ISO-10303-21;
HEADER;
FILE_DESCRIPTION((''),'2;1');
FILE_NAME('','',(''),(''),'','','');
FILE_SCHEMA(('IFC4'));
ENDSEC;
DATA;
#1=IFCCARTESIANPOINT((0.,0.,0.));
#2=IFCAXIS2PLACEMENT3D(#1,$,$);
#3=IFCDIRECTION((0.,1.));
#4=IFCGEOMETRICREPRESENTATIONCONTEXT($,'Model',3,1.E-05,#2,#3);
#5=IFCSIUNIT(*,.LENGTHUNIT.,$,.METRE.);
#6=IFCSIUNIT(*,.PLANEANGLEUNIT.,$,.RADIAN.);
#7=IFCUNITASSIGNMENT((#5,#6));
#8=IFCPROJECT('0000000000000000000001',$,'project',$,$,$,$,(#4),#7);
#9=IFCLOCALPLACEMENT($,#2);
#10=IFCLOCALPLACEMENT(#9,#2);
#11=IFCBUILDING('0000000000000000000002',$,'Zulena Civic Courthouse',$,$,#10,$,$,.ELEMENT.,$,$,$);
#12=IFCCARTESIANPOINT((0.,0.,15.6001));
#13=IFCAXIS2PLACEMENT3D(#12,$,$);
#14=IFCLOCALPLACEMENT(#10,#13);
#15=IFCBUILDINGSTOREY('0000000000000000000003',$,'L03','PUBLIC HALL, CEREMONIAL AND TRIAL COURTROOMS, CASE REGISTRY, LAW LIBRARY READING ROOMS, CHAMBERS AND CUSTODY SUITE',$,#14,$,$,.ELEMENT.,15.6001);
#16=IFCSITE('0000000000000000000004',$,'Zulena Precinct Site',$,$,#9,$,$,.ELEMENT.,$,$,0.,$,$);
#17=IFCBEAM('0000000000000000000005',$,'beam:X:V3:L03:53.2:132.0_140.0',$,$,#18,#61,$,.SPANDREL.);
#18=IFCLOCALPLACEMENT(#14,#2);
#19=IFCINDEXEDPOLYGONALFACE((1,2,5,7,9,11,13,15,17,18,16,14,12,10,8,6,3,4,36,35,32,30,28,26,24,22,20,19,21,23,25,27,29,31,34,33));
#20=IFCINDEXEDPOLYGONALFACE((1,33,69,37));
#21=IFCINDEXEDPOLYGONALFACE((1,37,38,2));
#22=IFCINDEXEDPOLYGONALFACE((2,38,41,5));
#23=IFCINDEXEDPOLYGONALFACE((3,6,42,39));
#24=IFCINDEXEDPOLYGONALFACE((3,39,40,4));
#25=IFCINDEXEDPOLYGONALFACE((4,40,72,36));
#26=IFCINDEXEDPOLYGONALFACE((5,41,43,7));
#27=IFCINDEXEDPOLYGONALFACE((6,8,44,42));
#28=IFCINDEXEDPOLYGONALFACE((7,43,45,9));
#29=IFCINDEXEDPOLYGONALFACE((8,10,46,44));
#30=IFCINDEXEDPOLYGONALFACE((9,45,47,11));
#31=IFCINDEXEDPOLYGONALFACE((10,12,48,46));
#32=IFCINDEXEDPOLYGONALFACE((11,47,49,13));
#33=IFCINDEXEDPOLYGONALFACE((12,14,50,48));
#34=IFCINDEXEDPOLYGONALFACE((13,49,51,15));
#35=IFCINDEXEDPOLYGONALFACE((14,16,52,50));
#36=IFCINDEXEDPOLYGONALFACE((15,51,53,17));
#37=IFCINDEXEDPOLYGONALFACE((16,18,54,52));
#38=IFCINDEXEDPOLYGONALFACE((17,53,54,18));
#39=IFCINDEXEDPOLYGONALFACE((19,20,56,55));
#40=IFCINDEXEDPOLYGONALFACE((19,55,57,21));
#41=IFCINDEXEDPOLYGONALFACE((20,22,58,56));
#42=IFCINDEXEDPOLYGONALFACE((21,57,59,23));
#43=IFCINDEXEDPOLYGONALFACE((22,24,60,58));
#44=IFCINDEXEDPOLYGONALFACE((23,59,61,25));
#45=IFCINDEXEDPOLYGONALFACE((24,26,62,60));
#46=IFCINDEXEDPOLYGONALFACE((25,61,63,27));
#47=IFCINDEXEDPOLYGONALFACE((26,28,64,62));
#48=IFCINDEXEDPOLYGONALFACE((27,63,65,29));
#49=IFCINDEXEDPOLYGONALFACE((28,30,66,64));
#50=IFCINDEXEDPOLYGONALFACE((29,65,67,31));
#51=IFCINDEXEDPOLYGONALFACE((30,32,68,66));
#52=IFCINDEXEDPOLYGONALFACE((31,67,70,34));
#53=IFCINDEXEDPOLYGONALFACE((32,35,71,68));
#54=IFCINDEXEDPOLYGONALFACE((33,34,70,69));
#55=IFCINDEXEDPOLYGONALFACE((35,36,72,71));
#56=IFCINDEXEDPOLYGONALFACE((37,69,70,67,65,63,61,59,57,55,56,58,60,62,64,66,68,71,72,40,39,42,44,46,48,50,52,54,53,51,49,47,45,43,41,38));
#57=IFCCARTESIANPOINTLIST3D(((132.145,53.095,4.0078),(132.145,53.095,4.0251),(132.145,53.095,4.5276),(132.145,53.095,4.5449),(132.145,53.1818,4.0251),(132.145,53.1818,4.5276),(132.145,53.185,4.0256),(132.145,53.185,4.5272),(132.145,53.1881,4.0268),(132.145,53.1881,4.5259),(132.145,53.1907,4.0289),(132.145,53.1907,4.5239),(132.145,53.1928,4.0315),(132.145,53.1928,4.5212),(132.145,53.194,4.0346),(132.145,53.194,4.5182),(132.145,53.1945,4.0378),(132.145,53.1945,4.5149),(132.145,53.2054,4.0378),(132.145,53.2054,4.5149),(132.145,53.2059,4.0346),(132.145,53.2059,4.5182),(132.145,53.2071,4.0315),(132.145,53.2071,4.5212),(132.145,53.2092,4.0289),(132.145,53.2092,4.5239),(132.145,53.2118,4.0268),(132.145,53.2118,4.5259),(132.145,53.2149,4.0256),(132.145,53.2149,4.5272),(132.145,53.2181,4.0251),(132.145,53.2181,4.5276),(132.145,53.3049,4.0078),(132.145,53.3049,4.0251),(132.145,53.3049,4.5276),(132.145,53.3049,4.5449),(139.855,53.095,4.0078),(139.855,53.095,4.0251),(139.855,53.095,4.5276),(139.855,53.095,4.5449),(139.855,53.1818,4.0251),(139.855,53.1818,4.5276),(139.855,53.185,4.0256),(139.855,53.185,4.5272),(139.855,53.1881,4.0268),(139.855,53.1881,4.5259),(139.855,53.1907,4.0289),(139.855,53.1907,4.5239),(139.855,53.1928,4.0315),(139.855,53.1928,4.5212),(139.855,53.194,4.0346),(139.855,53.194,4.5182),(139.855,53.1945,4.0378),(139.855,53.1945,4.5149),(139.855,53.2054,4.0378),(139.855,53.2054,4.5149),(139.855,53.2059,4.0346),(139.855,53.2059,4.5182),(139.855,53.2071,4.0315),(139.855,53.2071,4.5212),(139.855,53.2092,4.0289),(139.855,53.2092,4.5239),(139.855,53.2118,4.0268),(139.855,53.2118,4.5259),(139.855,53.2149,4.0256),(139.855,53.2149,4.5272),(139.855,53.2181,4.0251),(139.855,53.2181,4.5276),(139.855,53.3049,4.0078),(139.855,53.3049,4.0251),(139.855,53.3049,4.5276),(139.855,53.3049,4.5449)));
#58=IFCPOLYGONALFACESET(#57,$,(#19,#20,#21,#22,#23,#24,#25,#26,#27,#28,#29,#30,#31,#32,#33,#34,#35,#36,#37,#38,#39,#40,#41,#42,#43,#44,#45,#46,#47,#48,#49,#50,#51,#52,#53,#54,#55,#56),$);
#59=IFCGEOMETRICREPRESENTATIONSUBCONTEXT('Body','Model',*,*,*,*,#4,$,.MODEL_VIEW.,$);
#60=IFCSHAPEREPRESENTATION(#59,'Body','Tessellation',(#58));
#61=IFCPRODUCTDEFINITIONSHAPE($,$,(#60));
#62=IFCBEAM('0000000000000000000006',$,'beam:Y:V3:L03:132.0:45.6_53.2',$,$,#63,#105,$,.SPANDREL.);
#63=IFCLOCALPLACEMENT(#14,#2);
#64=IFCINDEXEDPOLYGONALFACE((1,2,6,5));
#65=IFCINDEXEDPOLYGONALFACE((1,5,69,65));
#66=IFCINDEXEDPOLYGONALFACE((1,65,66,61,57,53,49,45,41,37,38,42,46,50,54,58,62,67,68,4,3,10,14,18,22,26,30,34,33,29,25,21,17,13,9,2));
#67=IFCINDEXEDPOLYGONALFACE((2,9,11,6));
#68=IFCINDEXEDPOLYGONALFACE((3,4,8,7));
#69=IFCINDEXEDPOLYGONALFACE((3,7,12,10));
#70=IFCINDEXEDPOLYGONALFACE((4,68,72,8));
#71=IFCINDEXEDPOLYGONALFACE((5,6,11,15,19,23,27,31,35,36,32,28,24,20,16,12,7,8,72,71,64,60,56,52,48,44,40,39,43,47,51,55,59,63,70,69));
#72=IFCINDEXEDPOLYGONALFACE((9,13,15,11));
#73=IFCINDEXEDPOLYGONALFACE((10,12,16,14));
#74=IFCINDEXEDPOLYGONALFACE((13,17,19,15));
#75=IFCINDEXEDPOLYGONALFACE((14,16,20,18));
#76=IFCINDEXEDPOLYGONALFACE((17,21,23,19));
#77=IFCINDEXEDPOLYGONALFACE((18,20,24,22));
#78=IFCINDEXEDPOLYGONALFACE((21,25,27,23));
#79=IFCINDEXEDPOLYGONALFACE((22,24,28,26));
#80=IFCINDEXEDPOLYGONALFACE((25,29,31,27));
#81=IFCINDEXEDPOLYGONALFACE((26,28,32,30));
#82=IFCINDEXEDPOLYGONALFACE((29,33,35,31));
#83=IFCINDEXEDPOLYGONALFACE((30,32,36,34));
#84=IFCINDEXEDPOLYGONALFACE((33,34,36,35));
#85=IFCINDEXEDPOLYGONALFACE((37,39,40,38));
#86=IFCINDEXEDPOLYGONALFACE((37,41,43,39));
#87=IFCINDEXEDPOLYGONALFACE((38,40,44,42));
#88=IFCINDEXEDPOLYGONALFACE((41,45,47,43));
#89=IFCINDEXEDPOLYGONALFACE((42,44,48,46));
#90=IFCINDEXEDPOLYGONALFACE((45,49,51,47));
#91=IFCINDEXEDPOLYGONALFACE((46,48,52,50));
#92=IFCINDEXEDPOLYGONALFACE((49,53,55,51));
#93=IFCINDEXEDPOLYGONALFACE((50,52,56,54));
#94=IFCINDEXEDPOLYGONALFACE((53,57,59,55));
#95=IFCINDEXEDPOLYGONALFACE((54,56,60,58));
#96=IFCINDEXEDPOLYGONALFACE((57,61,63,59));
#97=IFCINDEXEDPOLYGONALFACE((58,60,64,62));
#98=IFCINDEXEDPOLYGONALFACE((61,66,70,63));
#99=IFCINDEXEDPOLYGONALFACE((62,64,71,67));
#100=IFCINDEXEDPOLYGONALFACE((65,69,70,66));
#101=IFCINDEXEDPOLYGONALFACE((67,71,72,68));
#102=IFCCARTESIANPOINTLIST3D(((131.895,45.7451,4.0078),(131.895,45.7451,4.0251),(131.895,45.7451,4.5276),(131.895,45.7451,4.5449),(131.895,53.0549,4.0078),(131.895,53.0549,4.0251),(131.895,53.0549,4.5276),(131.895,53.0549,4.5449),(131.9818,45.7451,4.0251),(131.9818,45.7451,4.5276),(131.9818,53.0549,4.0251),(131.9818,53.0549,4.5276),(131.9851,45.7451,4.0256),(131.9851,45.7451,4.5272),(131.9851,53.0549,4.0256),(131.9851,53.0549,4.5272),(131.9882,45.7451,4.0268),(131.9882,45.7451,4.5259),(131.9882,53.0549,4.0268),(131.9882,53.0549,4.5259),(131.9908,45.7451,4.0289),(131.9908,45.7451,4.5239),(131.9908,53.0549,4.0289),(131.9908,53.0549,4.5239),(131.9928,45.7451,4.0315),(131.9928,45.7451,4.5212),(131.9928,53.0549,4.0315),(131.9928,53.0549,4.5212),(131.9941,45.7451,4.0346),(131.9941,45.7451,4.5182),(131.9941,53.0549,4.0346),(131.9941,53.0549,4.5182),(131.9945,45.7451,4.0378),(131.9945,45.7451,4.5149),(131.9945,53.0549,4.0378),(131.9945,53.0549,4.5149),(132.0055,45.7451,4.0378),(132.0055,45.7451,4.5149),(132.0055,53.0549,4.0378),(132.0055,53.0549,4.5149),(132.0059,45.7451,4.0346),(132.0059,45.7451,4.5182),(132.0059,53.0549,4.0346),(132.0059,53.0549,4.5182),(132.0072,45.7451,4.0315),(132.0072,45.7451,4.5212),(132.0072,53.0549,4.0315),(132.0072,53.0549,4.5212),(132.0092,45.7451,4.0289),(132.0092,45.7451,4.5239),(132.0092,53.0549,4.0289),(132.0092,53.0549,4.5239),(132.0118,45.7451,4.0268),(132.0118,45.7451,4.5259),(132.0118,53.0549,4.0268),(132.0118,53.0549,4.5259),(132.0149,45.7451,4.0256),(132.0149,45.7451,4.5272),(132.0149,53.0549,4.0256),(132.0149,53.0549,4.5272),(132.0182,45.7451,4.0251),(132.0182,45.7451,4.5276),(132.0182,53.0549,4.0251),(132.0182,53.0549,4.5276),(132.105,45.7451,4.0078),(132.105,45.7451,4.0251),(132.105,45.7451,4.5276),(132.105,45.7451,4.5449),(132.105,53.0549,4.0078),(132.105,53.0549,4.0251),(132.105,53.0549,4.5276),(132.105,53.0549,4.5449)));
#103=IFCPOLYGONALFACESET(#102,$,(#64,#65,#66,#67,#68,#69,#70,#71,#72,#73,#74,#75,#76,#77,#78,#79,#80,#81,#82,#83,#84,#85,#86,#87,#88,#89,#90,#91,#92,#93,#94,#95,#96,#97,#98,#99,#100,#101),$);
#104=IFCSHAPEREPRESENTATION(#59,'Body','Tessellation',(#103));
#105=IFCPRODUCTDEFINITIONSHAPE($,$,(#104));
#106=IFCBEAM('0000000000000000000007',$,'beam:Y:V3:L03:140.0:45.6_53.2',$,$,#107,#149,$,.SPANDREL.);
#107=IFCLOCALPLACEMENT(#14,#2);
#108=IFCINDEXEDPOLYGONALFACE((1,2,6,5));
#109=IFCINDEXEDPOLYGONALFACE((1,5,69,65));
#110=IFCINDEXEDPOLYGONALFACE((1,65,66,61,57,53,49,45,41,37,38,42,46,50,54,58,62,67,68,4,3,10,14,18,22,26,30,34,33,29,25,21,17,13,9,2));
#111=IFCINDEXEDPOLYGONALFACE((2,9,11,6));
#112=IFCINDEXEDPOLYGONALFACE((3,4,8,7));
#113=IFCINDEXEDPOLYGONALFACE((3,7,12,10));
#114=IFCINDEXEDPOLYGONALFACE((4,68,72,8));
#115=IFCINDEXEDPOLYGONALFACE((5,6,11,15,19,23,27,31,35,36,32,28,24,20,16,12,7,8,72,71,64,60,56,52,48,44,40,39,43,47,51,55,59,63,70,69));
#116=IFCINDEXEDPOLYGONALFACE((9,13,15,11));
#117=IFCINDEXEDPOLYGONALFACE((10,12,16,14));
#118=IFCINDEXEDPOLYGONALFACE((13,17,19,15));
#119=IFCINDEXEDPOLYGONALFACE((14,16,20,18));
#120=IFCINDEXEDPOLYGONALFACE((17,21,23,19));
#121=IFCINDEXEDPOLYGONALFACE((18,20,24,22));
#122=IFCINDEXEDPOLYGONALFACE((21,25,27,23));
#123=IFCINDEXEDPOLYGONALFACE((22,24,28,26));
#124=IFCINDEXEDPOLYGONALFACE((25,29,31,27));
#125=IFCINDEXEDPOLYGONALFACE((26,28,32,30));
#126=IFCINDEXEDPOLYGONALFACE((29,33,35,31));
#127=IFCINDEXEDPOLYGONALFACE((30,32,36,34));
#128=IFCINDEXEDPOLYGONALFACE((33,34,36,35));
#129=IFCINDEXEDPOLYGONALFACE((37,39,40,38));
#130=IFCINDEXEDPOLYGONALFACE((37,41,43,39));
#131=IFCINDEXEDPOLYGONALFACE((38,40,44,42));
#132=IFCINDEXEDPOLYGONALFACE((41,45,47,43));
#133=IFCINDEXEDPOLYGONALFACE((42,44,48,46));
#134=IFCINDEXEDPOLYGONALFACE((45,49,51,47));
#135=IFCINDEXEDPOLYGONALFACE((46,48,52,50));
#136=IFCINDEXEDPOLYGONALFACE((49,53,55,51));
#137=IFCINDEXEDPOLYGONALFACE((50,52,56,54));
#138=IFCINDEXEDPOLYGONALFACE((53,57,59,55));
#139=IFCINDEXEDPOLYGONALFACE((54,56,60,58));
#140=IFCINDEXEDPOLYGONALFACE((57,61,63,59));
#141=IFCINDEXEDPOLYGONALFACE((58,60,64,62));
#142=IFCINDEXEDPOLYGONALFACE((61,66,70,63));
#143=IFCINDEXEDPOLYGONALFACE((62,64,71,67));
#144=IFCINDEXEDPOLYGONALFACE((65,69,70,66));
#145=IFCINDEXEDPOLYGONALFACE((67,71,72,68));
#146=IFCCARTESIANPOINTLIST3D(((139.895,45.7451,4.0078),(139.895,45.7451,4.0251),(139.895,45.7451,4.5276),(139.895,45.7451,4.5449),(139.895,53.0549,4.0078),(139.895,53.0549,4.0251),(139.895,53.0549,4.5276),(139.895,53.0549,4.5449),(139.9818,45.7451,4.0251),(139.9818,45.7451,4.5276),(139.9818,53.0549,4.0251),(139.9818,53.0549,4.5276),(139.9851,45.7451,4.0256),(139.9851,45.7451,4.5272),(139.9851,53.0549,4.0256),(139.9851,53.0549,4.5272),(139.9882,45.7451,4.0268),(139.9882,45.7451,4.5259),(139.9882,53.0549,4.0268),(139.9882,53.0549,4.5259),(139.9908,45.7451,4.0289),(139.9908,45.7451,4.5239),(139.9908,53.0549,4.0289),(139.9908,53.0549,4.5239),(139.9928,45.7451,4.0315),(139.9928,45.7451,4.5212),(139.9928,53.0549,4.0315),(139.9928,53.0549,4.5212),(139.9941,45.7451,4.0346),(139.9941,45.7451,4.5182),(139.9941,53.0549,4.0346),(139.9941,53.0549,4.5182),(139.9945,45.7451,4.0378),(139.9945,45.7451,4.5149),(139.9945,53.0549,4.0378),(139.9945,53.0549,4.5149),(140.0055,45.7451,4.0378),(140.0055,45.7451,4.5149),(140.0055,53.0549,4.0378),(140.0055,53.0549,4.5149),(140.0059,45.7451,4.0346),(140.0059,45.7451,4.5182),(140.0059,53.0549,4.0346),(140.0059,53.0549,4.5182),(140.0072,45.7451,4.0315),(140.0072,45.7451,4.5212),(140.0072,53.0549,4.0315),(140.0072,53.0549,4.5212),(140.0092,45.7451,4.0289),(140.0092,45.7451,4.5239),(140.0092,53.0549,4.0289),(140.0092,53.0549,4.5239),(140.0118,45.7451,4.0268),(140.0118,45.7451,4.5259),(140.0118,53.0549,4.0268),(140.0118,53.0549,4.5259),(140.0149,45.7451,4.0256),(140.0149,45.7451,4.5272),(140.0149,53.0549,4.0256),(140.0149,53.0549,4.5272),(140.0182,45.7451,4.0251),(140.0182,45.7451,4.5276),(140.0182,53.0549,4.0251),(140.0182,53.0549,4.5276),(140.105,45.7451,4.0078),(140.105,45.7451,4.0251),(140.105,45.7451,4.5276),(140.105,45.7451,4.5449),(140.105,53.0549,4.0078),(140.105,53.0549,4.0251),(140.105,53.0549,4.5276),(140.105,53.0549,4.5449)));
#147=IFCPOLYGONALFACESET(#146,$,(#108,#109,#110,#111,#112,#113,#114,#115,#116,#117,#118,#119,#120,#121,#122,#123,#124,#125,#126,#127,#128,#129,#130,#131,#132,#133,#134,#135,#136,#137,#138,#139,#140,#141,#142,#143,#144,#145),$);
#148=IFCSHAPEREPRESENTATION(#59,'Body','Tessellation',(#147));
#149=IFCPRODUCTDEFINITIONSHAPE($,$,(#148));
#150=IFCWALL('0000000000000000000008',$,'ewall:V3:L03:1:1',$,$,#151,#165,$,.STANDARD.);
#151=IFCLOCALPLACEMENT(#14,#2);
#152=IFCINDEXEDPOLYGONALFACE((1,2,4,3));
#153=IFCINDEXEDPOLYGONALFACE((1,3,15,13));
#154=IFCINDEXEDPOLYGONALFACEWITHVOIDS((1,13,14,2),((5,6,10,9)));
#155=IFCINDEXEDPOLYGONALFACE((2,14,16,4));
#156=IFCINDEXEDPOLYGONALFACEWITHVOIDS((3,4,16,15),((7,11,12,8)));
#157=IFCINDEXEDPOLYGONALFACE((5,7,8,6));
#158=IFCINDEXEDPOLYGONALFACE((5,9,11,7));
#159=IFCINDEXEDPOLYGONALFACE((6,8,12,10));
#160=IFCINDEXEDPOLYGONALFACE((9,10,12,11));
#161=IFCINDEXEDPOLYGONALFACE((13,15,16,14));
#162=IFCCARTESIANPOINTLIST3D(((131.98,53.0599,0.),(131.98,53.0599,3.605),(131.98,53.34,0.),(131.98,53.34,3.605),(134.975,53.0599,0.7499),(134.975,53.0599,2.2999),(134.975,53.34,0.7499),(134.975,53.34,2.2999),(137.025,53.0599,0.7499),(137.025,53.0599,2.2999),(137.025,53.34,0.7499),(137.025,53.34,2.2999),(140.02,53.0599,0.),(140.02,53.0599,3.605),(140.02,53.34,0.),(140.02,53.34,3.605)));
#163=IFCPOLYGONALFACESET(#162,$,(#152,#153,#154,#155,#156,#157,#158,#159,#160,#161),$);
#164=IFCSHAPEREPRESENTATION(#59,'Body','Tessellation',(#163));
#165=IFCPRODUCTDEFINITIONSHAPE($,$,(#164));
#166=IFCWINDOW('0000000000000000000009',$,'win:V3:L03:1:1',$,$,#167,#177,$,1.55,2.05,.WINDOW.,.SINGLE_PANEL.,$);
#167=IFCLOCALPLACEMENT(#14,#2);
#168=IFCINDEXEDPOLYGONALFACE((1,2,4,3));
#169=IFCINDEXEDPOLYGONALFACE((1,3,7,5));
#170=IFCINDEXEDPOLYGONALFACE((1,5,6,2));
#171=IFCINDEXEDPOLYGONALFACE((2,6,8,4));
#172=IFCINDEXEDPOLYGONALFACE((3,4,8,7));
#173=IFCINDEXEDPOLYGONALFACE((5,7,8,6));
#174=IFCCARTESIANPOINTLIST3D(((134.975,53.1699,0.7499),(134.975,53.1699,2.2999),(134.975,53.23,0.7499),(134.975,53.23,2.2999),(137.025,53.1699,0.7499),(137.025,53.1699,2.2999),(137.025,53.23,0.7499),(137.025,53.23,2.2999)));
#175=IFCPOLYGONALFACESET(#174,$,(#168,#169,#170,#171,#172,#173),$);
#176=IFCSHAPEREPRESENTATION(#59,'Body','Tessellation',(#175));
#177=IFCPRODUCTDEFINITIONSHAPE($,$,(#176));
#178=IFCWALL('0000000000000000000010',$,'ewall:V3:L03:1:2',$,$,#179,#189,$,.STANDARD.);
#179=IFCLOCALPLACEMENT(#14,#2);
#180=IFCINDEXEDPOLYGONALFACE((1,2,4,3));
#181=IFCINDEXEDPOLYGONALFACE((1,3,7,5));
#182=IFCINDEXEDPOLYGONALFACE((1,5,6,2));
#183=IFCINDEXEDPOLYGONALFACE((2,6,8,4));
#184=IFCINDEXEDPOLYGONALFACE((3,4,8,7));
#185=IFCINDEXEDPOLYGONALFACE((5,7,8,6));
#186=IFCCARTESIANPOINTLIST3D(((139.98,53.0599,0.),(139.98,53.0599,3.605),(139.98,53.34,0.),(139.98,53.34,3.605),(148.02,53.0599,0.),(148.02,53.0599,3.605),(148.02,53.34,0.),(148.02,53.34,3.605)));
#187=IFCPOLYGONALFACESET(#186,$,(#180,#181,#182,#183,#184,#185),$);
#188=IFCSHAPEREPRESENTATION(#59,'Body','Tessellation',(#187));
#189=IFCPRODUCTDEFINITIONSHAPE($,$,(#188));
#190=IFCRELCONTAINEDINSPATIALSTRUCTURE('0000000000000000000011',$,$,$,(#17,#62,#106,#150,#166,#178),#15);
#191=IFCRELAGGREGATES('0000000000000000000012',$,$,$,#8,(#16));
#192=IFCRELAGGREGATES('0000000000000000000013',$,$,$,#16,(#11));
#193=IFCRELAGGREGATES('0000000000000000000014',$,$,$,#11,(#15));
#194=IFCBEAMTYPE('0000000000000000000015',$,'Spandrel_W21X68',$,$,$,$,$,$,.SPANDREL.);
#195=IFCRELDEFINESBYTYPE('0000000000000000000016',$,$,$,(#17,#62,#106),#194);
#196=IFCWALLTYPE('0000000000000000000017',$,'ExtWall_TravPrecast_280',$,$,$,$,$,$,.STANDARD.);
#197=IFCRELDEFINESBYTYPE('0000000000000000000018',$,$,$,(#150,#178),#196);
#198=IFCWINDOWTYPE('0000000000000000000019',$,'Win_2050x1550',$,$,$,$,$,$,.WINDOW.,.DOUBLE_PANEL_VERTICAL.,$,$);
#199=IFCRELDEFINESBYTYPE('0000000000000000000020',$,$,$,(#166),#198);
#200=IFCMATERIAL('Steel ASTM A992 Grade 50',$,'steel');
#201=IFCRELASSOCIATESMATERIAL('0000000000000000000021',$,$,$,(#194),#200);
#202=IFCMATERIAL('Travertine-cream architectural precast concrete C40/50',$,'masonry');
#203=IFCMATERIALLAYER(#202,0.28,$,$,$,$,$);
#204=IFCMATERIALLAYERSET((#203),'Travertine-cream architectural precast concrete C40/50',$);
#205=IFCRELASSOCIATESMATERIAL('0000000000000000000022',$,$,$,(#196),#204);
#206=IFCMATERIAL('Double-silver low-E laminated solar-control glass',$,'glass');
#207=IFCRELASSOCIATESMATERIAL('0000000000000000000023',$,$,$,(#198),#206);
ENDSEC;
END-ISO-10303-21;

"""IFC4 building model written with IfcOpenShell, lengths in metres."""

from ifc_helpers import new_model, si_unit, direction, frame, frame_2d, origin, origin_2d, place, context, subcontext, project, spatial, rectangle, i_section, extrude, material, layer, layer_set, material_profile, profile_set, type_object, element, fill, save


model = new_model("IFC4")

# Units and contexts
model_context = context("Model", 3, precision=1e-05, world=origin(), true_north=direction((0.0, 1.0)))
body_context = subcontext(model_context, "Body", "Model", "MODEL_VIEW")
ifc_project = project(units=[si_unit("LENGTHUNIT", "METRE"), si_unit("PLANEANGLEUNIT", "RADIAN")], contexts=[model_context])

# Site, building, storey
site_placement = place(None, origin())
site = spatial("IfcSite", under=ifc_project, at=site_placement, Name="Zulena Precinct Site", CompositionType="ELEMENT", RefElevation=0.0)
building_placement = place(site_placement, origin())
building = spatial("IfcBuilding", under=site, at=building_placement, Name="Zulena Civic Courthouse", CompositionType="ELEMENT")
storey_placement = place(building_placement, frame((0.0, 0.0, 15.6001)))
storey = spatial("IfcBuildingStorey", under=building, at=storey_placement, Name="L03", Description="PUBLIC HALL, CEREMONIAL AND TRIAL COURTROOMS, CASE REGISTRY, LAW LIBRARY READING ROOMS, CHAMBERS AND CUSTODY SUITE", CompositionType="ELEMENT", Elevation=15.6001)

# Shared definitions
ifc_material_1 = material(Name="Steel ASTM A992 Grade 50", Category="steel")

# Beams
ifc_material_profile_1 = material_profile(ifc_material_1, i_section(OverallWidth=0.21, OverallDepth=0.5371, WebThickness=0.011, FlangeThickness=0.0173, FilletRadius=0.0127, at=origin_2d()), Name="W21X68")
ifc_profile_set_1 = profile_set([ifc_material_profile_1], Name="Steel ASTM A992 Grade 50")
beam_type_1 = type_object("IfcBeamType", Name="Spandrel_W21X68", PredefinedType="SPANDREL", material=ifc_profile_set_1)
beam_placement = place(storey_placement, frame((132.145, 53.2, 4.2764), z_axis=(1.0, 0.0, 0.0), x_axis=(0.0, 1.0, 0.0)))
element("IfcBeam", 1, at=beam_placement, inside=storey, type_object=beam_type_1, Name="beam:X:V3:L03:53.2:132.0_140.0", PredefinedType="SPANDREL", context=body_context, shape_type="SweptSolid", body=[
    extrude(i_section(OverallWidth=0.21, OverallDepth=0.5371, WebThickness=0.011, FlangeThickness=0.0173, FilletRadius=0.0127, at=origin_2d()), origin(), (0.0, 0.0, 1.0), 7.71),
])
for number, where, z_axis, x_axis, name in (
    (2, (132.0, 45.7451, 4.2764), (0.0, 1.0, 0.0), (-1.0, 0.0, 0.0), "beam:Y:V3:L03:132.0:45.6_53.2"),
    (3, (140.0, 45.7451, 4.2764), (0.0, 1.0, 0.0), (-1.0, 0.0, 0.0), "beam:Y:V3:L03:140.0:45.6_53.2"),
):
    element("IfcBeam", number, at=place(storey_placement, frame(where, z_axis=z_axis, x_axis=x_axis)), inside=storey, type_object=beam_type_1, Name=name, PredefinedType="SPANDREL", context=body_context, shape_type="SweptSolid", body=[
        extrude(i_section(OverallWidth=0.21, OverallDepth=0.5371, WebThickness=0.011, FlangeThickness=0.0173, FilletRadius=0.0127, at=origin_2d()), origin(), (0.0, 0.0, 1.0), 7.3098),
    ])

# Wall, opening, window
ifc_material_2 = material(Name="Travertine-cream architectural precast concrete C40/50", Category="masonry")
ifc_layer_1 = layer(ifc_material_2, 0.28)
ifc_layer_set_1 = layer_set([ifc_layer_1], Name="Travertine-cream architectural precast concrete C40/50")
wall_type_1 = type_object("IfcWallType", Name="ExtWall_TravPrecast_280", PredefinedType="STANDARD", material=ifc_layer_set_1)
wall_1_placement = place(storey_placement, frame((131.98, 53.2, 0.0), z_axis=(0.0, 0.0, 1.0), x_axis=(1.0, 0.0, 0.0)))
wall_1 = element("IfcWall", 4, at=wall_1_placement, inside=storey, type_object=wall_type_1, Name="ewall:V3:L03:1:1", PredefinedType="STANDARD", context=body_context, shape_type="SweptSolid", body=[
    extrude(rectangle(XDim=8.04, YDim=0.28, at=frame_2d((4.02, 0.0))), origin(), (0.0, 0.0, 1.0), 3.605),
])
opening_1_placement = place(wall_1_placement, frame((2.9951, 0.0, 0.75)))
opening_1 = element("IfcOpeningElement", 5, at=opening_1_placement, cuts=wall_1, PredefinedType="OPENING", context=body_context, shape_type="SweptSolid", body=[
    extrude(rectangle(XDim=2.05, YDim=1.55, at=frame_2d((1.0249, 0.7749))), frame((0.0, 0.1499, 0.0), z_axis=(0.0, -1.0, 0.0), x_axis=(1.0, 0.0, 0.0)), (0.0, 0.0, 1.0), 0.3),
])
ifc_material_3 = material(Name="Double-silver low-E laminated solar-control glass", Category="glass")
window_type = type_object("IfcWindowType", Name="Win_2050x1550", PartitioningType="DOUBLE_PANEL_VERTICAL", PredefinedType="WINDOW", material=ifc_material_3)
window_placement = place(opening_1_placement, origin())
window = element("IfcWindow", 6, at=window_placement, inside=storey, type_object=window_type, Name="win:V3:L03:1:1", OverallHeight=1.55, OverallWidth=2.05, PartitioningType="SINGLE_PANEL", PredefinedType="WINDOW", context=body_context, shape_type="SweptSolid", body=[
    extrude(rectangle(XDim=2.05, YDim=1.55, at=frame_2d((1.0249, 0.7749))), frame((0.0, 0.03, 0.0), z_axis=(0.0, -1.0, 0.0), x_axis=(1.0, 0.0, 0.0)), (0.0, 0.0, 1.0), 0.0601),
])
fill(opening_1, window)

# Wall
wall_2_placement = place(storey_placement, frame((139.98, 53.2, 0.0), z_axis=(0.0, 0.0, 1.0), x_axis=(1.0, 0.0, 0.0)))
element("IfcWall", 7, at=wall_2_placement, inside=storey, type_object=wall_type_1, Name="ewall:V3:L03:1:2", PredefinedType="STANDARD", context=body_context, shape_type="SweptSolid", body=[
    extrude(rectangle(XDim=8.04, YDim=0.28, at=frame_2d((4.02, 0.0))), origin(), (0.0, 0.0, 1.0), 3.605),
])

save(model, "model.ifc")
